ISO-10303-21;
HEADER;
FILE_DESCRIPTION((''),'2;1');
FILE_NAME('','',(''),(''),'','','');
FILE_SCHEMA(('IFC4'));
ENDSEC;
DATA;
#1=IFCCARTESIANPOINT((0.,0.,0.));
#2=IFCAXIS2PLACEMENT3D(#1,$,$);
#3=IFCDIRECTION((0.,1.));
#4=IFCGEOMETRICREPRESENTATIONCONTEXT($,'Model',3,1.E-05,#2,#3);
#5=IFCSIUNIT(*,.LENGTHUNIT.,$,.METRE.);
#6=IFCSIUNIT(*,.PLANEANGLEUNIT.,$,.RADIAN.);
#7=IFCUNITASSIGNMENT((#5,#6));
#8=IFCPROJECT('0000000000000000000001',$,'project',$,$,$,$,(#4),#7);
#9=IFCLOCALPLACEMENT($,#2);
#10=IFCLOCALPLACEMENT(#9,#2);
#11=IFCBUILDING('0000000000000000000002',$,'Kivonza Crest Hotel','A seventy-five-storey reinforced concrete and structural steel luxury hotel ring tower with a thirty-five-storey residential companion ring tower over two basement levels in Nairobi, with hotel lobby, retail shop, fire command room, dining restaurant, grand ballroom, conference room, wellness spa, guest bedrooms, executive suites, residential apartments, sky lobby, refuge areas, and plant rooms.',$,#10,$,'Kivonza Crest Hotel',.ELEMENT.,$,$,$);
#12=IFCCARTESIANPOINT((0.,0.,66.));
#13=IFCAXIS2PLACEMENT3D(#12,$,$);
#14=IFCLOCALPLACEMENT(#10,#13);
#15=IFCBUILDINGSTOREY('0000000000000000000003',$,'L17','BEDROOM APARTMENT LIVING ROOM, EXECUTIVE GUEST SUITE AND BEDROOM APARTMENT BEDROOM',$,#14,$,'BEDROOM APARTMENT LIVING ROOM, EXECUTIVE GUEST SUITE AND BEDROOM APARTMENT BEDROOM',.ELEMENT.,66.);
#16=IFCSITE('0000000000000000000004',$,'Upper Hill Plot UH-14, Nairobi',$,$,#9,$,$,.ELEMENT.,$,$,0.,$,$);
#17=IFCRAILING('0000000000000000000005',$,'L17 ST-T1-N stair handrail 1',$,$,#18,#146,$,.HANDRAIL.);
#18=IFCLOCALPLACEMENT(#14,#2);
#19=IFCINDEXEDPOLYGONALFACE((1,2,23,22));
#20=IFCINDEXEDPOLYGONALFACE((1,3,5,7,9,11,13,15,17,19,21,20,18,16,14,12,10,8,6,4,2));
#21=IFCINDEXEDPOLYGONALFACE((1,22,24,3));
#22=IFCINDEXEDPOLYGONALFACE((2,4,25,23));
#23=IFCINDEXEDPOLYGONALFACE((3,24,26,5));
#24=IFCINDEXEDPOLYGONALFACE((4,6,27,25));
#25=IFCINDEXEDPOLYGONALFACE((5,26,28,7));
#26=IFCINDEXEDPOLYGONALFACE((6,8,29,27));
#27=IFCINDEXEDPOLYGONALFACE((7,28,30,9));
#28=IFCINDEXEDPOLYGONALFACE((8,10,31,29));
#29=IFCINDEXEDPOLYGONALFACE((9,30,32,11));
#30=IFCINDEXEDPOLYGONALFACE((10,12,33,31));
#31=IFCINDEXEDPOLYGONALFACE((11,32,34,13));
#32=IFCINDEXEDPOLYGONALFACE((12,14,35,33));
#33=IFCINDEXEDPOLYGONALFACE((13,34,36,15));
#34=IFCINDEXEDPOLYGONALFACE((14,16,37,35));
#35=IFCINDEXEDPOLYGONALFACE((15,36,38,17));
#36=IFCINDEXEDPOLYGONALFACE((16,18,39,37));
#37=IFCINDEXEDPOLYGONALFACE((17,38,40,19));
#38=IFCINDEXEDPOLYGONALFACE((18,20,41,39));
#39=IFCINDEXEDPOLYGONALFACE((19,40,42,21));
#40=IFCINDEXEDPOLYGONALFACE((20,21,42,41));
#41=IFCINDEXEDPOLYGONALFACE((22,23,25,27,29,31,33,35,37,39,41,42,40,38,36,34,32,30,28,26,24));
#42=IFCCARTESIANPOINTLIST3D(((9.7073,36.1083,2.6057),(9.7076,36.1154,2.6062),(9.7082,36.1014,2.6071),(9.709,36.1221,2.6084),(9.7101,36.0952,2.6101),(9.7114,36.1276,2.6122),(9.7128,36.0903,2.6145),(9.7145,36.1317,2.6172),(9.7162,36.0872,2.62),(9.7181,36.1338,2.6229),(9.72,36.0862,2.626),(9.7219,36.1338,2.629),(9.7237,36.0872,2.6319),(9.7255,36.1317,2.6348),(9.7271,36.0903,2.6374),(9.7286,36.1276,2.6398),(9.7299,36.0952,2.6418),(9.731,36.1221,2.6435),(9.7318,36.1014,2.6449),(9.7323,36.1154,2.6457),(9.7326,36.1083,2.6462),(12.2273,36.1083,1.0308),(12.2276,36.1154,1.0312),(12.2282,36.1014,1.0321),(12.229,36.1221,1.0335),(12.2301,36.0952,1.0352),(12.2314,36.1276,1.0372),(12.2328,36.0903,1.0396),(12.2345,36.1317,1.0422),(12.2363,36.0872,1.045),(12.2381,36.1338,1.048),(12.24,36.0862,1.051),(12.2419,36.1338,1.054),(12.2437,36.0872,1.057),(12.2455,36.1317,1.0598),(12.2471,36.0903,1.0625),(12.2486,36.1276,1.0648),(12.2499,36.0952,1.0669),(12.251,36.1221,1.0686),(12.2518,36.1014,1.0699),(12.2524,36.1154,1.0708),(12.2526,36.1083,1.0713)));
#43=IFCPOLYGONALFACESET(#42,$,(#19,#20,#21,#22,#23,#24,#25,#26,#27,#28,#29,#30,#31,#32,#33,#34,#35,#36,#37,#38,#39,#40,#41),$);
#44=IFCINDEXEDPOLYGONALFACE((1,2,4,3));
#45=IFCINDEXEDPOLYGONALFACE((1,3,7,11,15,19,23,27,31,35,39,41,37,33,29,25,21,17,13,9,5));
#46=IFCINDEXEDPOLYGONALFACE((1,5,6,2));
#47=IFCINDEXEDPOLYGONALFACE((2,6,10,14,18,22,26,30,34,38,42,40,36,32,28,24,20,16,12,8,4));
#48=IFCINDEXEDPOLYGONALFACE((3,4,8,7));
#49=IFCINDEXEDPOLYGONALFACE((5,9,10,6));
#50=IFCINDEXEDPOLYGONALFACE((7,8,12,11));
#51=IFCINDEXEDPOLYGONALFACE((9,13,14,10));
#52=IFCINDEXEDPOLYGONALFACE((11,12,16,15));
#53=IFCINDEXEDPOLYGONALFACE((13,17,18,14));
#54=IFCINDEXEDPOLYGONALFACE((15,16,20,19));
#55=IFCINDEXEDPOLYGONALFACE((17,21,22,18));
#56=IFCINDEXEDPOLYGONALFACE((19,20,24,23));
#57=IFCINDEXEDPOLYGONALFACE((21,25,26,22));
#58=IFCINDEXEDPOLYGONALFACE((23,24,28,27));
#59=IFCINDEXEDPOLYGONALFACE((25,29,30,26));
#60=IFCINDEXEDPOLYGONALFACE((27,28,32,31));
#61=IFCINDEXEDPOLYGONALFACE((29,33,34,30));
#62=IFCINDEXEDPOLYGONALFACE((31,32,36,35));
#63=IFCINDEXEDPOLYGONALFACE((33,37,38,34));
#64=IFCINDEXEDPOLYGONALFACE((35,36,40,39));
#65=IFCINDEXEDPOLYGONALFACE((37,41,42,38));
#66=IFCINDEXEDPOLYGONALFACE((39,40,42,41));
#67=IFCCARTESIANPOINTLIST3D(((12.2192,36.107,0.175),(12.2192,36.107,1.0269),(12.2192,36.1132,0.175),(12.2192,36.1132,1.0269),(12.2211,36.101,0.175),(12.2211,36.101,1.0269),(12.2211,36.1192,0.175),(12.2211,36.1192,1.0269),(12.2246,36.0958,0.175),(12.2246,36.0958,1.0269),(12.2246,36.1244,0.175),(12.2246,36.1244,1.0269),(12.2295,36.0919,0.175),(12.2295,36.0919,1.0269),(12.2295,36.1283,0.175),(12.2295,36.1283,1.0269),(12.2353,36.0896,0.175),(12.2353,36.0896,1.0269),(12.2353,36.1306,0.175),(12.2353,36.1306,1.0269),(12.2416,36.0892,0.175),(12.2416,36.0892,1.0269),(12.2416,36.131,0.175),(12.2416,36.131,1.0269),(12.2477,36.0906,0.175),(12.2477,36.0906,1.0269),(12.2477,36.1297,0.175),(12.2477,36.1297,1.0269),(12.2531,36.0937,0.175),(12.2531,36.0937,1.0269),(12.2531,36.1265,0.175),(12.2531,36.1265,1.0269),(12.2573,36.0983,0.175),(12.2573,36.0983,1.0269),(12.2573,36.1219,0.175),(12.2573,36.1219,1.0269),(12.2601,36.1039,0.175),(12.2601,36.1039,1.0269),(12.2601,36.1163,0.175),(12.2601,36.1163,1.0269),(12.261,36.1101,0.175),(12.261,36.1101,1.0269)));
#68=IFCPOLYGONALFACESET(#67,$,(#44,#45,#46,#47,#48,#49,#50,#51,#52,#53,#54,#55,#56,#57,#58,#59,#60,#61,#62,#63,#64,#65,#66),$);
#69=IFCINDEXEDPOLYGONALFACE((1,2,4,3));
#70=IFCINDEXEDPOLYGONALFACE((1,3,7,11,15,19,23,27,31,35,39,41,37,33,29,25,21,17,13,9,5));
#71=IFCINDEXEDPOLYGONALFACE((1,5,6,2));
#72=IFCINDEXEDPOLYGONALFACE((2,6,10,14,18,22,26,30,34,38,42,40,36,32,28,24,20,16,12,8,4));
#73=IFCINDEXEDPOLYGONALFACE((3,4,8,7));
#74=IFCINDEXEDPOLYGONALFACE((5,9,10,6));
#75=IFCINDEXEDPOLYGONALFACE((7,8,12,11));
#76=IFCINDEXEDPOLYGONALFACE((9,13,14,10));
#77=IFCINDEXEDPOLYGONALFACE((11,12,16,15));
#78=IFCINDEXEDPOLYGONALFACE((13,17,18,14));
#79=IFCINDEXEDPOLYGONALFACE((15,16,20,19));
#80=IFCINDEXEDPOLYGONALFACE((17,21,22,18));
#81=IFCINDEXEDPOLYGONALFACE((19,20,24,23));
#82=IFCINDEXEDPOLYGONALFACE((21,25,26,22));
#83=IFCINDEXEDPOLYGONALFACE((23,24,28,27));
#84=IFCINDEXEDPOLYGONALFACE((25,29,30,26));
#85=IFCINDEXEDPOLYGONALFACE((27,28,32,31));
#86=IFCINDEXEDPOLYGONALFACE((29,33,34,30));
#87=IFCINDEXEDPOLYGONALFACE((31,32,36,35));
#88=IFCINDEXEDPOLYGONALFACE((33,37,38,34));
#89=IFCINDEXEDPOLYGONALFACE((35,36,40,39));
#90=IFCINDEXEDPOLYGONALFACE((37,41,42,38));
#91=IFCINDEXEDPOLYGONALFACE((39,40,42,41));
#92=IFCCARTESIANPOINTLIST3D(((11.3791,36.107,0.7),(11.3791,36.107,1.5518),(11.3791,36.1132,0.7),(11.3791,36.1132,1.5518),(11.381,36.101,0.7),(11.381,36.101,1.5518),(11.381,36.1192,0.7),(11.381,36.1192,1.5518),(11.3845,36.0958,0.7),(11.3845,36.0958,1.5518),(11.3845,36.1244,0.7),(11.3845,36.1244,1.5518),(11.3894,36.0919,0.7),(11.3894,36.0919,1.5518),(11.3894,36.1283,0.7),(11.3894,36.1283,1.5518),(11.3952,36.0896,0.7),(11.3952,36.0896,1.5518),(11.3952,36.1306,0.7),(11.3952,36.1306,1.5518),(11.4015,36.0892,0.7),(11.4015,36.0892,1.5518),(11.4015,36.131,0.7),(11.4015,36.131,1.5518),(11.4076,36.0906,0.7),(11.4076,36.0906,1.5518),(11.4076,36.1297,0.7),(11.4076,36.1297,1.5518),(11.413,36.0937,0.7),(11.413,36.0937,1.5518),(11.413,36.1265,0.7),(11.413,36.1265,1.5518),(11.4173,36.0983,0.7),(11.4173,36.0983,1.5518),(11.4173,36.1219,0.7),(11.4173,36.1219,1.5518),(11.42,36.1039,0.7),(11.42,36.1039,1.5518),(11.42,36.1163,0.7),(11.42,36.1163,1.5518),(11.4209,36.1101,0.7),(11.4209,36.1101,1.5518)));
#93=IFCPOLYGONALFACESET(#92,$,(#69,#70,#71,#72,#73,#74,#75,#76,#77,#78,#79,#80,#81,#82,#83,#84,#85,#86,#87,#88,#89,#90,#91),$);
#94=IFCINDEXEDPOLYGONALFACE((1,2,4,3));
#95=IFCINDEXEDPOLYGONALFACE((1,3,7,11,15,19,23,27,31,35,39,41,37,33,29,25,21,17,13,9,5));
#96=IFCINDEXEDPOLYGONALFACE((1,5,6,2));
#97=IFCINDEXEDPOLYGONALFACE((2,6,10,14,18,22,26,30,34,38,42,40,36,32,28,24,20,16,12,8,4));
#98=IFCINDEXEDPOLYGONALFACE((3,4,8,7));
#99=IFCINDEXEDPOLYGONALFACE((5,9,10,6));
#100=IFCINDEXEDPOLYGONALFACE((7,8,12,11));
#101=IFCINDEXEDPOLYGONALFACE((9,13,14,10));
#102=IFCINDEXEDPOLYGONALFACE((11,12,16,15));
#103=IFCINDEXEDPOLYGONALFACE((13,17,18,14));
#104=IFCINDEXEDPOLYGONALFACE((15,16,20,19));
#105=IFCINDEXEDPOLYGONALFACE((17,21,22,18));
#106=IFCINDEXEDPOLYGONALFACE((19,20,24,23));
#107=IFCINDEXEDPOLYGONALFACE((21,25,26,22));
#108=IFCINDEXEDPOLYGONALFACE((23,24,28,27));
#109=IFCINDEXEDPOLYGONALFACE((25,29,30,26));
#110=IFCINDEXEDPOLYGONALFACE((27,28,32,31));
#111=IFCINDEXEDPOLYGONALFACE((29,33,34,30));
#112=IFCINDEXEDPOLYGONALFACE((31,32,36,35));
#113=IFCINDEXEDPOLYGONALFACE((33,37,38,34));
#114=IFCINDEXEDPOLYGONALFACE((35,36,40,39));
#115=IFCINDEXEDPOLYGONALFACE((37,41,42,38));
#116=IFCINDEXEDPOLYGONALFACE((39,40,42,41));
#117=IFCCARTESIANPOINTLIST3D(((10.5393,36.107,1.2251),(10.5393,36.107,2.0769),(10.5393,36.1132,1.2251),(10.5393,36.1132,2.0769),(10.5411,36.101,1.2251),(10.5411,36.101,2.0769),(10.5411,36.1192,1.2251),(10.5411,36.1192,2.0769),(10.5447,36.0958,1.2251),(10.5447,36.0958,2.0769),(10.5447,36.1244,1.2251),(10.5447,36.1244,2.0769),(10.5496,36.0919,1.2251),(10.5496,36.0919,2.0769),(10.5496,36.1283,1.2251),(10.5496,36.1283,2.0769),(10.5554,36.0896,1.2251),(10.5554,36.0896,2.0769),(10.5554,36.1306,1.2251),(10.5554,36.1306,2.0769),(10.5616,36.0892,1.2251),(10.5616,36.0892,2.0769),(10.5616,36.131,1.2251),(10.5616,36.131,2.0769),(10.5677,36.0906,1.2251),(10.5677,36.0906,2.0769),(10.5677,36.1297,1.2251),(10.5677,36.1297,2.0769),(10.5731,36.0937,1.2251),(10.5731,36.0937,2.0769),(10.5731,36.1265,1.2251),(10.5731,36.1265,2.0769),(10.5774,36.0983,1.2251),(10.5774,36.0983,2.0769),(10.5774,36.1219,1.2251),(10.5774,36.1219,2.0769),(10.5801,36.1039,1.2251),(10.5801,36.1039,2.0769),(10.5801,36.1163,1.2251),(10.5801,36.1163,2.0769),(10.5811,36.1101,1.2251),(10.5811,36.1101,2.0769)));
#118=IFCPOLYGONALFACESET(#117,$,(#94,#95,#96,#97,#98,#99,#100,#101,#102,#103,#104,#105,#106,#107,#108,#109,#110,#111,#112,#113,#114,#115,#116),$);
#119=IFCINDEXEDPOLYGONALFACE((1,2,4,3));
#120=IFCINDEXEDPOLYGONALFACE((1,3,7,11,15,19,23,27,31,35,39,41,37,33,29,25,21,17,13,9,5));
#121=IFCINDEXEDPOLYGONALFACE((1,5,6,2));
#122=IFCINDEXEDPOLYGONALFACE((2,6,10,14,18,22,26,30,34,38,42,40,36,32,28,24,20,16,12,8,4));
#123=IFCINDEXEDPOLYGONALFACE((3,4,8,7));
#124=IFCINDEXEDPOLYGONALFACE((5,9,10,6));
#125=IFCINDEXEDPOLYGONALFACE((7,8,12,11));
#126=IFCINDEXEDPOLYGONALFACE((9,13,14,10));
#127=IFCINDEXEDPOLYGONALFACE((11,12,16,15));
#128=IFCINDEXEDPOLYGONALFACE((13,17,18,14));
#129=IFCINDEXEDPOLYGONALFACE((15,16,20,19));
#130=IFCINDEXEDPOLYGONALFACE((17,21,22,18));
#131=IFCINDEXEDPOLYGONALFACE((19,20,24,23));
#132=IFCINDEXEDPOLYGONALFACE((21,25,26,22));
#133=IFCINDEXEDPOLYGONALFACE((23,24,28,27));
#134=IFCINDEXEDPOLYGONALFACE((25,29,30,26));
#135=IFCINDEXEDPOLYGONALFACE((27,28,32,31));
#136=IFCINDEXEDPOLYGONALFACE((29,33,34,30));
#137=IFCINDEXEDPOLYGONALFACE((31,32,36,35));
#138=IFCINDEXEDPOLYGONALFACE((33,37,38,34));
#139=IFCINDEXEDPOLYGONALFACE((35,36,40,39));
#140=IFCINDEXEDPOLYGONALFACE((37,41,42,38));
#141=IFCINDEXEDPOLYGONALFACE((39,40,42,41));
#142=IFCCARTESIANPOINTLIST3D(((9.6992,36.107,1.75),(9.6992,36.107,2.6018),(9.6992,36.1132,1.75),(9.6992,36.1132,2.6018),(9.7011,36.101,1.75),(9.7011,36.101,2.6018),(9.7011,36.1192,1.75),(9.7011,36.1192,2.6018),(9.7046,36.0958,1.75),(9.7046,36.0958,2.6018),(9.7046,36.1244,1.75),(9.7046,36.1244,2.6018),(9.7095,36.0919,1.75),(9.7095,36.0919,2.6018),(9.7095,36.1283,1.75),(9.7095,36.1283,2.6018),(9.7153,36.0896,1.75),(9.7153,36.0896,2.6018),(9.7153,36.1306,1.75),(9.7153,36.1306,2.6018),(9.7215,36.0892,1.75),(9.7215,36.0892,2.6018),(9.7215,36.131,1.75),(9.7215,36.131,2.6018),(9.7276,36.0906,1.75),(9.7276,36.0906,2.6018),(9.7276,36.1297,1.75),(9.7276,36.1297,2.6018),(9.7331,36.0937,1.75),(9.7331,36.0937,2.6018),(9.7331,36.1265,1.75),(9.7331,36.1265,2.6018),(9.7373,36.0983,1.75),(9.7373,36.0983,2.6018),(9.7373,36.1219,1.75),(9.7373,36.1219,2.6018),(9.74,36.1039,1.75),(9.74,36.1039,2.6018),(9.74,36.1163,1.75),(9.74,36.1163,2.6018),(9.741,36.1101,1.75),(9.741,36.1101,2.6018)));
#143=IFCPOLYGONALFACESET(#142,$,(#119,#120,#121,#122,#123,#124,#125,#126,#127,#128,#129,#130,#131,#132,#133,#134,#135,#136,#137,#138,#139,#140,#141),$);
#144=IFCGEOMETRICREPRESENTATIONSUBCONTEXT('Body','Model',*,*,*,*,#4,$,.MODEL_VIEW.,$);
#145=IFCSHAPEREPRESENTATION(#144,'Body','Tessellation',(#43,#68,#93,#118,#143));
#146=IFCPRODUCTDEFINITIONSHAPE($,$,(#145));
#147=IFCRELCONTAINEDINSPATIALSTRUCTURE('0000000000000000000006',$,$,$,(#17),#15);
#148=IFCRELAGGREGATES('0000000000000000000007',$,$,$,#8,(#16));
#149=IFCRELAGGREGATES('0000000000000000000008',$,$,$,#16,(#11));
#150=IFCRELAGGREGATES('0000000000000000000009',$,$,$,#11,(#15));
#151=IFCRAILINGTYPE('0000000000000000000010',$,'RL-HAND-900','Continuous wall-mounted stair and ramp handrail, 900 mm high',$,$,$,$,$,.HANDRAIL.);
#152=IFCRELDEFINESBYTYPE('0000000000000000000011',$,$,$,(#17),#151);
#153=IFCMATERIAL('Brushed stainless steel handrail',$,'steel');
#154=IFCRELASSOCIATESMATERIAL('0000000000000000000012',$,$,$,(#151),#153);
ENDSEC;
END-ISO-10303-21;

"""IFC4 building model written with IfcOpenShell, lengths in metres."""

from ifc_helpers import new_model, si_unit, direction, frame, origin, origin_2d, place, context, subcontext, project, spatial, circle, extrude, material, type_object, element, save


model = new_model("IFC4")

# Units and contexts
model_context = context("Model", 3, precision=1e-05, world=origin(), true_north=direction((0.0, 1.0)))
body_context = subcontext(model_context, "Body", "Model", "MODEL_VIEW")
ifc_project = project(units=[si_unit("LENGTHUNIT", "METRE"), si_unit("PLANEANGLEUNIT", "RADIAN")], contexts=[model_context])

# Site, building, storey
site_placement = place(None, origin())
site = spatial("IfcSite", under=ifc_project, at=site_placement, Name="Upper Hill Plot UH-14, Nairobi", CompositionType="ELEMENT", RefElevation=0.0)
building_placement = place(site_placement, origin())
building = spatial("IfcBuilding", under=site, at=building_placement, Name="Kivonza Crest Hotel", Description="A seventy-five-storey reinforced concrete and structural steel luxury hotel ring tower with a thirty-five-storey residential companion ring tower over two basement levels in Nairobi, with hotel lobby, retail shop, fire command room, dining restaurant, grand ballroom, conference room, wellness spa, guest bedrooms, executive suites, residential apartments, sky lobby, refuge areas, and plant rooms.", LongName="Kivonza Crest Hotel", CompositionType="ELEMENT")
storey_placement = place(building_placement, frame((0.0, 0.0, 66.0)))
storey = spatial("IfcBuildingStorey", under=building, at=storey_placement, Name="L17", Description="BEDROOM APARTMENT LIVING ROOM, EXECUTIVE GUEST SUITE AND BEDROOM APARTMENT BEDROOM", LongName="BEDROOM APARTMENT LIVING ROOM, EXECUTIVE GUEST SUITE AND BEDROOM APARTMENT BEDROOM", CompositionType="ELEMENT", Elevation=66.0)

# Railing
ifc_material_1 = material(Name="Brushed stainless steel handrail", Category="steel")
railing_type_1 = type_object("IfcRailingType", Name="RL-HAND-900", Description="Continuous wall-mounted stair and ramp handrail, 900 mm high", PredefinedType="HANDRAIL", material=ifc_material_1)
railing_1_placement = place(storey_placement, frame((12.24, 36.1101, 0.175)))
element("IfcRailing", 1, at=railing_1_placement, inside=storey, type_object=railing_type_1, Name="L17 ST-T1-N stair handrail 1", PredefinedType="HANDRAIL", context=body_context, shape_type="SweptSolid", body=[
    extrude(circle(Radius=0.0239, at=origin_2d()), frame((0.0, 0.0, 0.876), z_axis=(-0.848008, 0.0, 0.529984), x_axis=(0.0, -1.0, 0.0)), (0.0, 0.0, 1.0), 2.9717),
    extrude(circle(Radius=0.021, at=origin_2d()), origin(), (0.0, 0.0, 1.0), 0.8518),
    extrude(circle(Radius=0.021, at=origin_2d()), frame((-0.8401, 0.0, 0.5249)), (0.0, 0.0, 1.0), 0.8518),
    extrude(circle(Radius=0.021, at=origin_2d()), frame((-1.6799, 0.0, 1.05)), (0.0, 0.0, 1.0), 0.8518),
    extrude(circle(Radius=0.021, at=origin_2d()), frame((-2.52, 0.0, 1.575)), (0.0, 0.0, 1.0), 0.8518),
])

save(model, "model.ifc")
